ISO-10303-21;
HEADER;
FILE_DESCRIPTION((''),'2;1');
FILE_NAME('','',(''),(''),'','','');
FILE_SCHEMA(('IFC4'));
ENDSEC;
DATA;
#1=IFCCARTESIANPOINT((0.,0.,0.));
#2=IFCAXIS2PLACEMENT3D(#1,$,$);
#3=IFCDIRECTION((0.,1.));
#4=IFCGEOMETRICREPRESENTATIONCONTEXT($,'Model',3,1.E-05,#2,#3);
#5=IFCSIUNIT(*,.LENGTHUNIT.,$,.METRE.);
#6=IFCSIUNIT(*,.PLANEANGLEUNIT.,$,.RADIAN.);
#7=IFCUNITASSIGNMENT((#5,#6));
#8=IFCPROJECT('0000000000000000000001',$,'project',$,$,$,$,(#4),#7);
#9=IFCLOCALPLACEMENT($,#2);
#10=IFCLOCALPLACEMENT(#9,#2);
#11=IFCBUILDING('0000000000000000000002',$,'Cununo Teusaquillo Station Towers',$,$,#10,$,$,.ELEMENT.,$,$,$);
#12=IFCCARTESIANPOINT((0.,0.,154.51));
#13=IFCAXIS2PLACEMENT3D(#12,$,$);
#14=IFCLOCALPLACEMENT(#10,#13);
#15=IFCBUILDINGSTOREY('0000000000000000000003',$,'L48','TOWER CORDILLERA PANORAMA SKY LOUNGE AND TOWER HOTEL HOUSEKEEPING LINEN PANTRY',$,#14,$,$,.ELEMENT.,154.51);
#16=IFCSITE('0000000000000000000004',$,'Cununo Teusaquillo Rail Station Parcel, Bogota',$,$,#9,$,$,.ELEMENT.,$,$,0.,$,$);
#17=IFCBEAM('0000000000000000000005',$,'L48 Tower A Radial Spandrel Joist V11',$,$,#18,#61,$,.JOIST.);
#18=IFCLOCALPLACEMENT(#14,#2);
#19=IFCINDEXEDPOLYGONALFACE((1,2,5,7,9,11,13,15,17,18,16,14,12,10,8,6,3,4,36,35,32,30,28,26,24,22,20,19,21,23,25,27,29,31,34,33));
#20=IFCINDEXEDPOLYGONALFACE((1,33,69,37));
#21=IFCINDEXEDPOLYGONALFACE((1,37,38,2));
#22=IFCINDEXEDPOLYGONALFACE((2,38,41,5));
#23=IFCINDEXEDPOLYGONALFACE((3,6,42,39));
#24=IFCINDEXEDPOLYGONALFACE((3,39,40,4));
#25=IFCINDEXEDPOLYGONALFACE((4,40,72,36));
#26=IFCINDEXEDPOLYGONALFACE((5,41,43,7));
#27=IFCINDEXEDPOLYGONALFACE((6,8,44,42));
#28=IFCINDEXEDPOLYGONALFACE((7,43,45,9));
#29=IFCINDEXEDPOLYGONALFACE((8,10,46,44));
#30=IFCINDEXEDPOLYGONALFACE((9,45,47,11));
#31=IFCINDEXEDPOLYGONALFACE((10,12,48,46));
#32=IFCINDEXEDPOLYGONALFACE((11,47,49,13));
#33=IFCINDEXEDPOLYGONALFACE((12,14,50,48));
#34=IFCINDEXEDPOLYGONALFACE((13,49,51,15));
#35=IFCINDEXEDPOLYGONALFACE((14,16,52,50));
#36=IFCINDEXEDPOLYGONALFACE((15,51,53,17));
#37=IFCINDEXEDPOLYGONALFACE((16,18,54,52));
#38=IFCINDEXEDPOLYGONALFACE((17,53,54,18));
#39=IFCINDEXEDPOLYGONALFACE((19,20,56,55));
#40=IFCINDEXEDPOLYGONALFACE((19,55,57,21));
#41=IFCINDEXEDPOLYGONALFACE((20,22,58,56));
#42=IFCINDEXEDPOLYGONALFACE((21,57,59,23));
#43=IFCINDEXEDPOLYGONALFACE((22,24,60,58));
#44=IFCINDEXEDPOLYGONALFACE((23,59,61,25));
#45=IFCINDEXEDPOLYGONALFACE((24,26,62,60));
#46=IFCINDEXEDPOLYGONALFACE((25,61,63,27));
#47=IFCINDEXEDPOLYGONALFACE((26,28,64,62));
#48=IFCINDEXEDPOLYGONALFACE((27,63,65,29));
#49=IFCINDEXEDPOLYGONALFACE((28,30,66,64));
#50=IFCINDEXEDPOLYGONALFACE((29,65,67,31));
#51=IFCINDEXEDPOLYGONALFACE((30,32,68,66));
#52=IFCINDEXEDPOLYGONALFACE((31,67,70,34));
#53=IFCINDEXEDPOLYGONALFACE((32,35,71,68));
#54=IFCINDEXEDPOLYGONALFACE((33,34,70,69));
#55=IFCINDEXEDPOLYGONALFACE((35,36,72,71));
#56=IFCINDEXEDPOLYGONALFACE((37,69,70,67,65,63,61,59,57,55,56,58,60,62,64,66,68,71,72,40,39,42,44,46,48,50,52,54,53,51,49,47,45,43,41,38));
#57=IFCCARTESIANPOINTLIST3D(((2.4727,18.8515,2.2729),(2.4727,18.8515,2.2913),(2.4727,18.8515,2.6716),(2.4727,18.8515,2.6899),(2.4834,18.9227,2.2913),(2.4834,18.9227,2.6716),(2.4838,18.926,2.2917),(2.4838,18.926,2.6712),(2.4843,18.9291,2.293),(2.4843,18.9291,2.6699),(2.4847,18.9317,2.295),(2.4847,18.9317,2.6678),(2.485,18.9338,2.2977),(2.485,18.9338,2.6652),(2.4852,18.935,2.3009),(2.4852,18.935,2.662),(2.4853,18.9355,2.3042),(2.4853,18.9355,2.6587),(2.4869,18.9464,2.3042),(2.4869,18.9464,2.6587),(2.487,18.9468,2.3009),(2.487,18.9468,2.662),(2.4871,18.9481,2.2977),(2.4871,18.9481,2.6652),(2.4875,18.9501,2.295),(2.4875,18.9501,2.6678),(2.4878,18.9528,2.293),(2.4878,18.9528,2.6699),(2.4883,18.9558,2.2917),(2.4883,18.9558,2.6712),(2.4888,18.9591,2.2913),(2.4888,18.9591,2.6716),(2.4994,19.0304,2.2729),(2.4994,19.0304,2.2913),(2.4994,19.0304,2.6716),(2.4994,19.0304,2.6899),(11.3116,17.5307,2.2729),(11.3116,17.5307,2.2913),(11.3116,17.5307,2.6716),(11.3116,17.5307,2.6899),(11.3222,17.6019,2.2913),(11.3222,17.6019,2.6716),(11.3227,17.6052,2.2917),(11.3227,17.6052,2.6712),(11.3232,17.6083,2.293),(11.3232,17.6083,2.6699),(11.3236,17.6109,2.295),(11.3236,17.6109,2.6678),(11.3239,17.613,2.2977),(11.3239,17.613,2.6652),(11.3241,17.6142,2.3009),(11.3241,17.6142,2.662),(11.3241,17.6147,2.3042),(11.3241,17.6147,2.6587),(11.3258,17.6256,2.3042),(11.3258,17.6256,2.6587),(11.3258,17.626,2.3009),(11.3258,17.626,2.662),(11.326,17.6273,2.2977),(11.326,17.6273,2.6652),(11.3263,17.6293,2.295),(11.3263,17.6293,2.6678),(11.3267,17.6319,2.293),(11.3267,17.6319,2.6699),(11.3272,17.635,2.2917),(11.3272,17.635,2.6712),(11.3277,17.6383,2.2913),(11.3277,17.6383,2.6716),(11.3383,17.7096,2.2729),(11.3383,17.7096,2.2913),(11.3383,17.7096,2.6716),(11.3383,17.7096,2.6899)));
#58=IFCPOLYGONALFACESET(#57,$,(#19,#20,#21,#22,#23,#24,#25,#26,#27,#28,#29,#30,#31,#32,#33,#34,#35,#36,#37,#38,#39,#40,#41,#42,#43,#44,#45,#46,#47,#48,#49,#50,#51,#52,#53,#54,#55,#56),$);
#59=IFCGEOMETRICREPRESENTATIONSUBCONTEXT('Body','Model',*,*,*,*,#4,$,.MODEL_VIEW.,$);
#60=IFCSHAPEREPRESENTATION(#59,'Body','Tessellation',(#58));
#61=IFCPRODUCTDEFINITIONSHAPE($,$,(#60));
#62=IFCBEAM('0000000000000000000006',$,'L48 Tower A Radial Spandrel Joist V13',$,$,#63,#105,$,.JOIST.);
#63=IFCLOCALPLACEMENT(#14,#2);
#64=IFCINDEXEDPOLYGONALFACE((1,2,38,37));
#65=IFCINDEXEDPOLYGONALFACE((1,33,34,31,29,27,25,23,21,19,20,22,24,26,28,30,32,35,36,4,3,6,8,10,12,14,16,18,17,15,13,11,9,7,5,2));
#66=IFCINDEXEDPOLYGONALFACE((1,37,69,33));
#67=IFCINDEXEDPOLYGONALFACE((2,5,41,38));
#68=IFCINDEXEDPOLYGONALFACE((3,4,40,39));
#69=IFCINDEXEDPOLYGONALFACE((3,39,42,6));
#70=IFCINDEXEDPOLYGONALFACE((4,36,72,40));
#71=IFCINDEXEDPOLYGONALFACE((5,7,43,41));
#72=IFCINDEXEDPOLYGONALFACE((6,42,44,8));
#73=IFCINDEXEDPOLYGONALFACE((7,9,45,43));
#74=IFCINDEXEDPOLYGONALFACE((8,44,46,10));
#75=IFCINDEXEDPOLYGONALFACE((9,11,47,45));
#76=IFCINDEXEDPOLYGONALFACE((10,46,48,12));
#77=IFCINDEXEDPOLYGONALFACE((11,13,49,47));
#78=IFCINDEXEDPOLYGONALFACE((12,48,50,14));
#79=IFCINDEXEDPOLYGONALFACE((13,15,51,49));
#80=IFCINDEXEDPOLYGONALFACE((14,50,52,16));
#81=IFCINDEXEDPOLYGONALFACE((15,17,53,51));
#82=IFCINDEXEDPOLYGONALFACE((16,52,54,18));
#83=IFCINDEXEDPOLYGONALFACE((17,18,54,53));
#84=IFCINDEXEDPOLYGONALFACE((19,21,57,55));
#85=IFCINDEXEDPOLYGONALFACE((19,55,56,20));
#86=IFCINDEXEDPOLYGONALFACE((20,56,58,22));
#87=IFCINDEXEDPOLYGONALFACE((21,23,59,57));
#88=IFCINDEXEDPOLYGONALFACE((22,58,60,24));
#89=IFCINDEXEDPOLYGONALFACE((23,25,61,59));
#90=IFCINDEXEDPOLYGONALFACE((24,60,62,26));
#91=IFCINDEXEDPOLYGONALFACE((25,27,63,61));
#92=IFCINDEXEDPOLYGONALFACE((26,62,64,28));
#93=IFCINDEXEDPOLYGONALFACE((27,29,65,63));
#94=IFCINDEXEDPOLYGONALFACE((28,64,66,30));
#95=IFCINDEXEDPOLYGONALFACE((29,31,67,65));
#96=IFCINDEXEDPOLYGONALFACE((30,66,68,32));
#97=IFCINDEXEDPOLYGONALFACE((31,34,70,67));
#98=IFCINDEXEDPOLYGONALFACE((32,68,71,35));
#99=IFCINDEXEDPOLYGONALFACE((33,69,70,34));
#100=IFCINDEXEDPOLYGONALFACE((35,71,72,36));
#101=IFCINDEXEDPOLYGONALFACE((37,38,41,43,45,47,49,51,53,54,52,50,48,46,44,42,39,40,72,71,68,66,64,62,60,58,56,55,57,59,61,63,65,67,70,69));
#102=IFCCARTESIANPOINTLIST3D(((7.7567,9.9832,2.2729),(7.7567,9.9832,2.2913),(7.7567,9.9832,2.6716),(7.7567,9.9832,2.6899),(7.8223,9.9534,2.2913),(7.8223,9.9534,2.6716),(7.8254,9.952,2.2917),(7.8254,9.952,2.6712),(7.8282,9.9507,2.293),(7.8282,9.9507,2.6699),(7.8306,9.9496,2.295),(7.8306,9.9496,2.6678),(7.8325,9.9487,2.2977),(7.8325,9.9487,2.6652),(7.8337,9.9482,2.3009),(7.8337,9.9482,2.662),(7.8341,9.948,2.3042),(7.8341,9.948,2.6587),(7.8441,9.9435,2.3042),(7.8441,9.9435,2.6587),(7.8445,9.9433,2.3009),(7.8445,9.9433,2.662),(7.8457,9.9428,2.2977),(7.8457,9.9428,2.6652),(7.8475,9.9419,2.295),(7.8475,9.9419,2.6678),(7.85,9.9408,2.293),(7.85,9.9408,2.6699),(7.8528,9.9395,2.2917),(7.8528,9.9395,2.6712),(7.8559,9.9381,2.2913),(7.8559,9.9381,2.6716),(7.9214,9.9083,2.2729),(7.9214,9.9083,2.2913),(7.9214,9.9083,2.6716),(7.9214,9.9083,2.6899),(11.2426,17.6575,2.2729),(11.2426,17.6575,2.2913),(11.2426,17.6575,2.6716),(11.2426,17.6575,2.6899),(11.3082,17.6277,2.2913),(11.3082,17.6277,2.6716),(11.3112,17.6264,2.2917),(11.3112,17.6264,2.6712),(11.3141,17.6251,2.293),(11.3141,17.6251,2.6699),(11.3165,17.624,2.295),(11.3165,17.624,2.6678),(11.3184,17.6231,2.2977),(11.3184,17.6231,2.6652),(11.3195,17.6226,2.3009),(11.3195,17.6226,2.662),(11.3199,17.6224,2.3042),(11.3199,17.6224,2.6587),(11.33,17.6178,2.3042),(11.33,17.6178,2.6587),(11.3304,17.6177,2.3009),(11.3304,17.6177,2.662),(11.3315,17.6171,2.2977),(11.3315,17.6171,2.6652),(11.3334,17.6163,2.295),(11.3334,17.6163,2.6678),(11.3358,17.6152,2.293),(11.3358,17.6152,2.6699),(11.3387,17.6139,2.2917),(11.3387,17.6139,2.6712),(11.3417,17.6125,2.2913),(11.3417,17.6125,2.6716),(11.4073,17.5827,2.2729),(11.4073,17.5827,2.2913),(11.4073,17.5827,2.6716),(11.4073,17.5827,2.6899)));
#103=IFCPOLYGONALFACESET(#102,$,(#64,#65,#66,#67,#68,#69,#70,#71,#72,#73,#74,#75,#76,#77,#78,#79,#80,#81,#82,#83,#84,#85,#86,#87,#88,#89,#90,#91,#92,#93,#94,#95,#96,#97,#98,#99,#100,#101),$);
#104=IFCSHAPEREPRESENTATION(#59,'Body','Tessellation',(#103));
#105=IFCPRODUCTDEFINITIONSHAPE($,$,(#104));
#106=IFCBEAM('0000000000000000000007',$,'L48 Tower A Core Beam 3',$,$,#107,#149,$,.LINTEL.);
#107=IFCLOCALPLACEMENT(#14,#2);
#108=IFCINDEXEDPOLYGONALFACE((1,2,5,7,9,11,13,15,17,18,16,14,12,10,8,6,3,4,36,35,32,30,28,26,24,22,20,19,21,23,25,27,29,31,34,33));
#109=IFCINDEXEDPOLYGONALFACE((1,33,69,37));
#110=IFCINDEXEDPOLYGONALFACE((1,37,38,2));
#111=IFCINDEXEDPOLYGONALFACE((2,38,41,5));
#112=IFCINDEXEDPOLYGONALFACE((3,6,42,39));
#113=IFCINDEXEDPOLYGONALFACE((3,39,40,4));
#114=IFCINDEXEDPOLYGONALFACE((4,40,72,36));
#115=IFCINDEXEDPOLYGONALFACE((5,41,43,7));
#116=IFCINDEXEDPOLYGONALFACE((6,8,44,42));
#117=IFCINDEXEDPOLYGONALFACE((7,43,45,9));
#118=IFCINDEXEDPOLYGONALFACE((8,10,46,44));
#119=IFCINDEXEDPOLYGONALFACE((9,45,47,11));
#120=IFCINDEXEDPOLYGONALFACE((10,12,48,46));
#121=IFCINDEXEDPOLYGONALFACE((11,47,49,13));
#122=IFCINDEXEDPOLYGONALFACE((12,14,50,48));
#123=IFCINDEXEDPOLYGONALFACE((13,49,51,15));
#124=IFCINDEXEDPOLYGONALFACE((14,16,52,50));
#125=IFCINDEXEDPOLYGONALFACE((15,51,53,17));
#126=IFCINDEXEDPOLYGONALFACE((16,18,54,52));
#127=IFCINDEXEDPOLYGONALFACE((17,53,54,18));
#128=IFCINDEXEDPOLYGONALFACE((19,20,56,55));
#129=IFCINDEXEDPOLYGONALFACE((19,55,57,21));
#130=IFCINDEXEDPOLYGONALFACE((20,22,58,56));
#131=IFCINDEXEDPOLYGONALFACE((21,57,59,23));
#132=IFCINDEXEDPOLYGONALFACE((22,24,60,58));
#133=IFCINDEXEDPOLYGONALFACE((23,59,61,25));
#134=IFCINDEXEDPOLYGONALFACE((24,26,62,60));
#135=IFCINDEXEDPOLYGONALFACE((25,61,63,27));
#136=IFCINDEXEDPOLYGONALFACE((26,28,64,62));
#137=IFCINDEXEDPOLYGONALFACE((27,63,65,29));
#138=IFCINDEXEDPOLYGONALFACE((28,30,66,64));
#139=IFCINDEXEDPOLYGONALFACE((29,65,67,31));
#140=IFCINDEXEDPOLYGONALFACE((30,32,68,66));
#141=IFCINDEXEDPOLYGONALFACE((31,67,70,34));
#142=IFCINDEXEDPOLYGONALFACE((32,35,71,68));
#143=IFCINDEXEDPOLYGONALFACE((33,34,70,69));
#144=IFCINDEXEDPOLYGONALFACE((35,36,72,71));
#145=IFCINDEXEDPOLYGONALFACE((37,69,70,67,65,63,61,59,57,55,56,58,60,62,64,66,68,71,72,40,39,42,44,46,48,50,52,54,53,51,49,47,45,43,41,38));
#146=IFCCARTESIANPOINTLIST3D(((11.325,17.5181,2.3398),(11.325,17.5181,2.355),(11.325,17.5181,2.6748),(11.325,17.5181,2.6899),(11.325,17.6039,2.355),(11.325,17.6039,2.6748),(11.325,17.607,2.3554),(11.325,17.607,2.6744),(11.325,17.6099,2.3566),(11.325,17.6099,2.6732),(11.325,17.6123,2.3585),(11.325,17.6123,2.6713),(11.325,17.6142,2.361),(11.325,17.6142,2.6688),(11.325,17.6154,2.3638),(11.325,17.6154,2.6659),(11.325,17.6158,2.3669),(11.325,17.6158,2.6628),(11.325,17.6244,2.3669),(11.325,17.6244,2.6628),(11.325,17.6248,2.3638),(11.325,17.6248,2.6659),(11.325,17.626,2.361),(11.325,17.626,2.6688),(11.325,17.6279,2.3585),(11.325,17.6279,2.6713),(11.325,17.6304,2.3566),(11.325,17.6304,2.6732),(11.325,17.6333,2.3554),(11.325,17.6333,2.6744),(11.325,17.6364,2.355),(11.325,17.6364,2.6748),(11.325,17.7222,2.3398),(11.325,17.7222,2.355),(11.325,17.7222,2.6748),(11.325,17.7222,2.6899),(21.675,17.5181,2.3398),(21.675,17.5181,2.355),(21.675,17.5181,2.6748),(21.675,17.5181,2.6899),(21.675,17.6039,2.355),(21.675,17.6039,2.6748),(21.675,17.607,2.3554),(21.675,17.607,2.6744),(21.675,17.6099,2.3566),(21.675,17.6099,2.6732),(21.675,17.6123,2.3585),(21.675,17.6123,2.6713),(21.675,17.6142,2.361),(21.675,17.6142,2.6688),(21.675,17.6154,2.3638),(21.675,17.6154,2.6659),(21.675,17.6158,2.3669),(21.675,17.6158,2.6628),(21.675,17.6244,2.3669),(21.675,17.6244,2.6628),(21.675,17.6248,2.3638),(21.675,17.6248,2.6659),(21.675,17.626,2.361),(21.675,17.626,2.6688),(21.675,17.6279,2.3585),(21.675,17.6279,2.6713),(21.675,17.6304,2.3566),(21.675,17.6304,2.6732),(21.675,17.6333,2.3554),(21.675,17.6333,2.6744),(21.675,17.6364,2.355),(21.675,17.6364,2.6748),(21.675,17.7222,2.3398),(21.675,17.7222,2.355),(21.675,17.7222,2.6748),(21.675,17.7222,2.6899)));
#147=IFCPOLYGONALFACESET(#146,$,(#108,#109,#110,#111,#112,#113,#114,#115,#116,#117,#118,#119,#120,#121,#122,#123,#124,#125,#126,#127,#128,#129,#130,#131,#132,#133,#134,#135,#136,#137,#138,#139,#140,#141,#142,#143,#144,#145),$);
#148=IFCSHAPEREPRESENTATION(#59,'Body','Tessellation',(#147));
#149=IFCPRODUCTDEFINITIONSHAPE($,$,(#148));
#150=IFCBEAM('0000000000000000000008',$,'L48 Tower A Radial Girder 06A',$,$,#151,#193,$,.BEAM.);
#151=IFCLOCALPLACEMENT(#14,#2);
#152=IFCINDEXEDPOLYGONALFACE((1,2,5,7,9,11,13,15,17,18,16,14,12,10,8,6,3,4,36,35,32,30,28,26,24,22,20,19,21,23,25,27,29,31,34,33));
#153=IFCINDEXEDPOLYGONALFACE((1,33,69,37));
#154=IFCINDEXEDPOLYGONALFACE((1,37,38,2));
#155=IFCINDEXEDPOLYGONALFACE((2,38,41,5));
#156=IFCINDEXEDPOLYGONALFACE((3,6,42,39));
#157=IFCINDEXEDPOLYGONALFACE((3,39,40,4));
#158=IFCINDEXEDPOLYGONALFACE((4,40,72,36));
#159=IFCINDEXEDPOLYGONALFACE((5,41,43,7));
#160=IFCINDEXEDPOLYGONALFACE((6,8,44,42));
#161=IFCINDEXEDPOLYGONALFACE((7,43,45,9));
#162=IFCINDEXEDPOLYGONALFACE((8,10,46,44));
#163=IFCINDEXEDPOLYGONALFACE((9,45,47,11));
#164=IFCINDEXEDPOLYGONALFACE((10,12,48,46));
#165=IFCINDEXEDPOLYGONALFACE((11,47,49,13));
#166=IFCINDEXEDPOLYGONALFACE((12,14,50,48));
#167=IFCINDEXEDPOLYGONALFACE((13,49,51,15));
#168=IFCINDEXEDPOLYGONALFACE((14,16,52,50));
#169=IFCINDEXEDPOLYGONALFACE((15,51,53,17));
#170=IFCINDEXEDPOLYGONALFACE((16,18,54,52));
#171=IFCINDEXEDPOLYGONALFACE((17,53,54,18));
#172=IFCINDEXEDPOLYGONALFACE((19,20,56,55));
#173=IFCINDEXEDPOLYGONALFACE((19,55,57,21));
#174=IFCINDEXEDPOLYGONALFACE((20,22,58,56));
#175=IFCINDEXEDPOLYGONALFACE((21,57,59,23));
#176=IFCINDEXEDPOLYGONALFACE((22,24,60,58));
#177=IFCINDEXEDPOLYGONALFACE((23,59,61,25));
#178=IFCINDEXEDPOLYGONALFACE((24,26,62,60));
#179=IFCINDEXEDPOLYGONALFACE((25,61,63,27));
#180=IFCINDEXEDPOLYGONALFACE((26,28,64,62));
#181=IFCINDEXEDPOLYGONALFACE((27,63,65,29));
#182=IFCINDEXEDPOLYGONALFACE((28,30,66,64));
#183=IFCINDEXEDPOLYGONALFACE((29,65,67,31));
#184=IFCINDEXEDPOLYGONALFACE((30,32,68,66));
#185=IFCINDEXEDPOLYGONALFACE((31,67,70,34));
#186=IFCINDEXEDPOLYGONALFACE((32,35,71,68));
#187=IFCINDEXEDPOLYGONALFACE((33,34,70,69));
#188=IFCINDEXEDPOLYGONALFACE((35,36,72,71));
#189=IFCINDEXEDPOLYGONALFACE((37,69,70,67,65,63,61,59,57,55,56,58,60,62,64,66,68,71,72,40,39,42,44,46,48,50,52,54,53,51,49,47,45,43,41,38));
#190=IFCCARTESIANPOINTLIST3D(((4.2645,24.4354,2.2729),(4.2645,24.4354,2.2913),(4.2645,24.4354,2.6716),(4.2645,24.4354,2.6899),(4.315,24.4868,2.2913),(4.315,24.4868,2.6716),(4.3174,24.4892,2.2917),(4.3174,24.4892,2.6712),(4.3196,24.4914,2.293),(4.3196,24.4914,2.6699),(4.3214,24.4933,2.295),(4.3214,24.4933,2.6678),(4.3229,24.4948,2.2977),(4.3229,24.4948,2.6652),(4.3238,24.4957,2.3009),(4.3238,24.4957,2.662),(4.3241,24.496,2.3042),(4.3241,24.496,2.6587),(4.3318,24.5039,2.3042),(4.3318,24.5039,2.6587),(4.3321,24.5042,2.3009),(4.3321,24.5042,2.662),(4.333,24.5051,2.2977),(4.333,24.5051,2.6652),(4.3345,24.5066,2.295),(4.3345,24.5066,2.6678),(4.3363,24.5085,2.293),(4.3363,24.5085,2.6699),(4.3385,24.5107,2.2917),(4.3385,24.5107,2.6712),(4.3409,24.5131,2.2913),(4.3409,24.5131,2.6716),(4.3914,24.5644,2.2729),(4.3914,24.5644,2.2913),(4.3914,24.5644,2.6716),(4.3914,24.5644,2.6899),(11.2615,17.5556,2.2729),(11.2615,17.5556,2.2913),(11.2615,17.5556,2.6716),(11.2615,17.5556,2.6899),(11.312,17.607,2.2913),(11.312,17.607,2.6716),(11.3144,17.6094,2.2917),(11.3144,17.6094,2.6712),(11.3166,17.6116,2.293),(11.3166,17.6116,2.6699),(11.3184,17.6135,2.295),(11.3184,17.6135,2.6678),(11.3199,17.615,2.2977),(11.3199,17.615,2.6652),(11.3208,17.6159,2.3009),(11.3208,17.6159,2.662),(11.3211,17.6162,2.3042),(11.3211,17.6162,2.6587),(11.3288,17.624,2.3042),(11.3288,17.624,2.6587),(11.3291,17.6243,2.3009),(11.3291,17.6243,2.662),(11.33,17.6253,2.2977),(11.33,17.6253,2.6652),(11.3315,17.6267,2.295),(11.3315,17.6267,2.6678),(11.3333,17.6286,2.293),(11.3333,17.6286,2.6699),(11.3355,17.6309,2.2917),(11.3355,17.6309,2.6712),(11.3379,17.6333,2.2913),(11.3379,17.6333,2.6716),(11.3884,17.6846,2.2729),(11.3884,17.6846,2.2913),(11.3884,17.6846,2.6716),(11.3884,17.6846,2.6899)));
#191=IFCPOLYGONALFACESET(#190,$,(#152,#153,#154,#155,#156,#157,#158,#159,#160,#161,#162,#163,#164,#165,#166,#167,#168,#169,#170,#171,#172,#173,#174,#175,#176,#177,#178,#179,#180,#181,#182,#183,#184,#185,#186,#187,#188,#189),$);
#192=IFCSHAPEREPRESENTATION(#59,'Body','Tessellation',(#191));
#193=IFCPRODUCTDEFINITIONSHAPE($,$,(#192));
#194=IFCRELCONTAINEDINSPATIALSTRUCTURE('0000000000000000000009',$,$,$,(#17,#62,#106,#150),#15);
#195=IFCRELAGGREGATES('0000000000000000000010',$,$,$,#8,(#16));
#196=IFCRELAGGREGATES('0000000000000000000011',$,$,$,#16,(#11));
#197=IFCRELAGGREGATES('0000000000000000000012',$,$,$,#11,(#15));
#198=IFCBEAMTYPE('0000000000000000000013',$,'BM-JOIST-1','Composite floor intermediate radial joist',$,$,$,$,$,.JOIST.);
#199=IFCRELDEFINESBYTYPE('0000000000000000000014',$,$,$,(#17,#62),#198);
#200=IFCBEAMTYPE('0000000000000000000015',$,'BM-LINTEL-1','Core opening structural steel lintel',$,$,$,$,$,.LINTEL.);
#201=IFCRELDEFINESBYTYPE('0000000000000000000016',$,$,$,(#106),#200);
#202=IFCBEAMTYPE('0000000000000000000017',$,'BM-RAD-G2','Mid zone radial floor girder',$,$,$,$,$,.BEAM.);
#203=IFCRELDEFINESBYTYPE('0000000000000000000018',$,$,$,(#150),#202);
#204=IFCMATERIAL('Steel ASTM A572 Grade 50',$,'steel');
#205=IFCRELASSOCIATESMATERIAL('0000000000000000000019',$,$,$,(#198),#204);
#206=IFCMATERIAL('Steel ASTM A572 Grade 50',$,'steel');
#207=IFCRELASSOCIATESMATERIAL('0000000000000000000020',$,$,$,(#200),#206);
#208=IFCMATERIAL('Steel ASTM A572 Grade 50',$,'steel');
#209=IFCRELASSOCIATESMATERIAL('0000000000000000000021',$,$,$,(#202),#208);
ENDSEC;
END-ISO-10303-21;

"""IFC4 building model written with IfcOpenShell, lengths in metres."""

from ifc_helpers import new_model, si_unit, direction, frame, origin, origin_2d, place, context, subcontext, project, spatial, i_section, extrude, material, material_profile, profile_set, type_object, element, save


model = new_model("IFC4")

# Units and contexts
model_context = context("Model", 3, precision=1e-05, world=origin(), true_north=direction((0.0, 1.0)))
body_context = subcontext(model_context, "Body", "Model", "MODEL_VIEW")
ifc_project = project(units=[si_unit("LENGTHUNIT", "METRE"), si_unit("PLANEANGLEUNIT", "RADIAN")], contexts=[model_context])

# Site, building, storey
site_placement = place(None, origin())
site = spatial("IfcSite", under=ifc_project, at=site_placement, Name="Cununo Teusaquillo Rail Station Parcel, Bogota", CompositionType="ELEMENT", RefElevation=0.0)
building_placement = place(site_placement, origin())
building = spatial("IfcBuilding", under=site, at=building_placement, Name="Cununo Teusaquillo Station Towers", CompositionType="ELEMENT")
storey_placement = place(building_placement, frame((0.0, 0.0, 154.51)))
storey = spatial("IfcBuildingStorey", under=building, at=storey_placement, Name="L48", Description="TOWER CORDILLERA PANORAMA SKY LOUNGE AND TOWER HOTEL HOUSEKEEPING LINEN PANTRY", CompositionType="ELEMENT", Elevation=154.51)

# Beams
ifc_material_1 = material(Name="Steel ASTM A572 Grade 50", Category="steel")
ifc_material_profile_1 = material_profile(ifc_material_1, i_section(OverallWidth=0.1809, OverallDepth=0.417, WebThickness=0.011, FlangeThickness=0.0183, FilletRadius=0.0129, at=origin_2d()), Name="W16X57")
ifc_profile_set_1 = profile_set([ifc_material_profile_1], Name="Steel ASTM A572 Grade 50")
beam_type_1 = type_object("IfcBeamType", Name="BM-JOIST-1", Description="Composite floor intermediate radial joist", PredefinedType="JOIST", material=ifc_profile_set_1)
beam_1_placement = place(storey_placement, frame((11.325, 17.6201, 2.4814), z_axis=(-0.989019, 0.14779, 0.0), x_axis=(-0.14779, -0.989019, 0.0)))
element("IfcBeam", 1, at=beam_1_placement, inside=storey, type_object=beam_type_1, Name="L48 Tower A Radial Spandrel Joist V11", PredefinedType="JOIST", context=body_context, shape_type="SweptSolid", body=[
    extrude(i_section(OverallWidth=0.1809, OverallDepth=0.417, WebThickness=0.011, FlangeThickness=0.0183, FilletRadius=0.0129, at=origin_2d()), origin(), (0.0, 0.0, 1.0), 8.937),
])
beam_2_placement = place(storey_placement, frame((11.325, 17.6201, 2.4814), z_axis=(-0.413559, -0.910478, 0.0), x_axis=(0.910478, -0.413559, 0.0)))
element("IfcBeam", 2, at=beam_2_placement, inside=storey, type_object=beam_type_1, Name="L48 Tower A Radial Spandrel Joist V13", PredefinedType="JOIST", context=body_context, shape_type="SweptSolid", body=[
    extrude(i_section(OverallWidth=0.1809, OverallDepth=0.417, WebThickness=0.011, FlangeThickness=0.0183, FilletRadius=0.0129, at=origin_2d()), origin(), (0.0, 0.0, 1.0), 8.429),
])
ifc_material_2 = material(Name="Steel ASTM A572 Grade 50", Category="steel")
ifc_material_profile_2 = material_profile(ifc_material_2, i_section(OverallWidth=0.2041, OverallDepth=0.3501, WebThickness=0.0085, FlangeThickness=0.0151, FilletRadius=0.012, at=origin_2d()), Name="W14X48")
ifc_profile_set_2 = profile_set([ifc_material_profile_2], Name="Steel ASTM A572 Grade 50")
beam_type_2 = type_object("IfcBeamType", Name="BM-LINTEL-1", Description="Core opening structural steel lintel", PredefinedType="LINTEL", material=ifc_profile_set_2)
beam_3_placement = place(storey_placement, frame((11.325, 17.6201, 2.5149), z_axis=(1.0, 0.0, 0.0), x_axis=(0.0, 1.0, 0.0)))
element("IfcBeam", 3, at=beam_3_placement, inside=storey, type_object=beam_type_2, Name="L48 Tower A Core Beam 3", PredefinedType="LINTEL", context=body_context, shape_type="SweptSolid", body=[
    extrude(i_section(OverallWidth=0.2041, OverallDepth=0.3501, WebThickness=0.0085, FlangeThickness=0.0151, FilletRadius=0.012, at=origin_2d()), origin(), (0.0, 0.0, 1.0), 10.3501),
])
ifc_material_3 = material(Name="Steel ASTM A572 Grade 50", Category="steel")
ifc_material_profile_3 = material_profile(ifc_material_3, i_section(OverallWidth=0.1809, OverallDepth=0.417, WebThickness=0.011, FlangeThickness=0.0183, FilletRadius=0.0129, at=origin_2d()), Name="W16X57")
ifc_profile_set_3 = profile_set([ifc_material_profile_3], Name="Steel ASTM A572 Grade 50")
beam_type_3 = type_object("IfcBeamType", Name="BM-RAD-G2", Description="Mid zone radial floor girder", PredefinedType="BEAM", material=ifc_profile_set_3)
beam_4_placement = place(storey_placement, frame((11.325, 17.6201, 2.4814), z_axis=(-0.713053, 0.70111, 0.0), x_axis=(-0.70111, -0.713053, 0.0)))
element("IfcBeam", 4, at=beam_4_placement, inside=storey, type_object=beam_type_3, Name="L48 Tower A Radial Girder 06A", PredefinedType="BEAM", context=body_context, shape_type="SweptSolid", body=[
    extrude(i_section(OverallWidth=0.1809, OverallDepth=0.417, WebThickness=0.011, FlangeThickness=0.0183, FilletRadius=0.0129, at=origin_2d()), origin(), (0.0, 0.0, 1.0), 9.8127),
])

save(model, "model.ifc")
